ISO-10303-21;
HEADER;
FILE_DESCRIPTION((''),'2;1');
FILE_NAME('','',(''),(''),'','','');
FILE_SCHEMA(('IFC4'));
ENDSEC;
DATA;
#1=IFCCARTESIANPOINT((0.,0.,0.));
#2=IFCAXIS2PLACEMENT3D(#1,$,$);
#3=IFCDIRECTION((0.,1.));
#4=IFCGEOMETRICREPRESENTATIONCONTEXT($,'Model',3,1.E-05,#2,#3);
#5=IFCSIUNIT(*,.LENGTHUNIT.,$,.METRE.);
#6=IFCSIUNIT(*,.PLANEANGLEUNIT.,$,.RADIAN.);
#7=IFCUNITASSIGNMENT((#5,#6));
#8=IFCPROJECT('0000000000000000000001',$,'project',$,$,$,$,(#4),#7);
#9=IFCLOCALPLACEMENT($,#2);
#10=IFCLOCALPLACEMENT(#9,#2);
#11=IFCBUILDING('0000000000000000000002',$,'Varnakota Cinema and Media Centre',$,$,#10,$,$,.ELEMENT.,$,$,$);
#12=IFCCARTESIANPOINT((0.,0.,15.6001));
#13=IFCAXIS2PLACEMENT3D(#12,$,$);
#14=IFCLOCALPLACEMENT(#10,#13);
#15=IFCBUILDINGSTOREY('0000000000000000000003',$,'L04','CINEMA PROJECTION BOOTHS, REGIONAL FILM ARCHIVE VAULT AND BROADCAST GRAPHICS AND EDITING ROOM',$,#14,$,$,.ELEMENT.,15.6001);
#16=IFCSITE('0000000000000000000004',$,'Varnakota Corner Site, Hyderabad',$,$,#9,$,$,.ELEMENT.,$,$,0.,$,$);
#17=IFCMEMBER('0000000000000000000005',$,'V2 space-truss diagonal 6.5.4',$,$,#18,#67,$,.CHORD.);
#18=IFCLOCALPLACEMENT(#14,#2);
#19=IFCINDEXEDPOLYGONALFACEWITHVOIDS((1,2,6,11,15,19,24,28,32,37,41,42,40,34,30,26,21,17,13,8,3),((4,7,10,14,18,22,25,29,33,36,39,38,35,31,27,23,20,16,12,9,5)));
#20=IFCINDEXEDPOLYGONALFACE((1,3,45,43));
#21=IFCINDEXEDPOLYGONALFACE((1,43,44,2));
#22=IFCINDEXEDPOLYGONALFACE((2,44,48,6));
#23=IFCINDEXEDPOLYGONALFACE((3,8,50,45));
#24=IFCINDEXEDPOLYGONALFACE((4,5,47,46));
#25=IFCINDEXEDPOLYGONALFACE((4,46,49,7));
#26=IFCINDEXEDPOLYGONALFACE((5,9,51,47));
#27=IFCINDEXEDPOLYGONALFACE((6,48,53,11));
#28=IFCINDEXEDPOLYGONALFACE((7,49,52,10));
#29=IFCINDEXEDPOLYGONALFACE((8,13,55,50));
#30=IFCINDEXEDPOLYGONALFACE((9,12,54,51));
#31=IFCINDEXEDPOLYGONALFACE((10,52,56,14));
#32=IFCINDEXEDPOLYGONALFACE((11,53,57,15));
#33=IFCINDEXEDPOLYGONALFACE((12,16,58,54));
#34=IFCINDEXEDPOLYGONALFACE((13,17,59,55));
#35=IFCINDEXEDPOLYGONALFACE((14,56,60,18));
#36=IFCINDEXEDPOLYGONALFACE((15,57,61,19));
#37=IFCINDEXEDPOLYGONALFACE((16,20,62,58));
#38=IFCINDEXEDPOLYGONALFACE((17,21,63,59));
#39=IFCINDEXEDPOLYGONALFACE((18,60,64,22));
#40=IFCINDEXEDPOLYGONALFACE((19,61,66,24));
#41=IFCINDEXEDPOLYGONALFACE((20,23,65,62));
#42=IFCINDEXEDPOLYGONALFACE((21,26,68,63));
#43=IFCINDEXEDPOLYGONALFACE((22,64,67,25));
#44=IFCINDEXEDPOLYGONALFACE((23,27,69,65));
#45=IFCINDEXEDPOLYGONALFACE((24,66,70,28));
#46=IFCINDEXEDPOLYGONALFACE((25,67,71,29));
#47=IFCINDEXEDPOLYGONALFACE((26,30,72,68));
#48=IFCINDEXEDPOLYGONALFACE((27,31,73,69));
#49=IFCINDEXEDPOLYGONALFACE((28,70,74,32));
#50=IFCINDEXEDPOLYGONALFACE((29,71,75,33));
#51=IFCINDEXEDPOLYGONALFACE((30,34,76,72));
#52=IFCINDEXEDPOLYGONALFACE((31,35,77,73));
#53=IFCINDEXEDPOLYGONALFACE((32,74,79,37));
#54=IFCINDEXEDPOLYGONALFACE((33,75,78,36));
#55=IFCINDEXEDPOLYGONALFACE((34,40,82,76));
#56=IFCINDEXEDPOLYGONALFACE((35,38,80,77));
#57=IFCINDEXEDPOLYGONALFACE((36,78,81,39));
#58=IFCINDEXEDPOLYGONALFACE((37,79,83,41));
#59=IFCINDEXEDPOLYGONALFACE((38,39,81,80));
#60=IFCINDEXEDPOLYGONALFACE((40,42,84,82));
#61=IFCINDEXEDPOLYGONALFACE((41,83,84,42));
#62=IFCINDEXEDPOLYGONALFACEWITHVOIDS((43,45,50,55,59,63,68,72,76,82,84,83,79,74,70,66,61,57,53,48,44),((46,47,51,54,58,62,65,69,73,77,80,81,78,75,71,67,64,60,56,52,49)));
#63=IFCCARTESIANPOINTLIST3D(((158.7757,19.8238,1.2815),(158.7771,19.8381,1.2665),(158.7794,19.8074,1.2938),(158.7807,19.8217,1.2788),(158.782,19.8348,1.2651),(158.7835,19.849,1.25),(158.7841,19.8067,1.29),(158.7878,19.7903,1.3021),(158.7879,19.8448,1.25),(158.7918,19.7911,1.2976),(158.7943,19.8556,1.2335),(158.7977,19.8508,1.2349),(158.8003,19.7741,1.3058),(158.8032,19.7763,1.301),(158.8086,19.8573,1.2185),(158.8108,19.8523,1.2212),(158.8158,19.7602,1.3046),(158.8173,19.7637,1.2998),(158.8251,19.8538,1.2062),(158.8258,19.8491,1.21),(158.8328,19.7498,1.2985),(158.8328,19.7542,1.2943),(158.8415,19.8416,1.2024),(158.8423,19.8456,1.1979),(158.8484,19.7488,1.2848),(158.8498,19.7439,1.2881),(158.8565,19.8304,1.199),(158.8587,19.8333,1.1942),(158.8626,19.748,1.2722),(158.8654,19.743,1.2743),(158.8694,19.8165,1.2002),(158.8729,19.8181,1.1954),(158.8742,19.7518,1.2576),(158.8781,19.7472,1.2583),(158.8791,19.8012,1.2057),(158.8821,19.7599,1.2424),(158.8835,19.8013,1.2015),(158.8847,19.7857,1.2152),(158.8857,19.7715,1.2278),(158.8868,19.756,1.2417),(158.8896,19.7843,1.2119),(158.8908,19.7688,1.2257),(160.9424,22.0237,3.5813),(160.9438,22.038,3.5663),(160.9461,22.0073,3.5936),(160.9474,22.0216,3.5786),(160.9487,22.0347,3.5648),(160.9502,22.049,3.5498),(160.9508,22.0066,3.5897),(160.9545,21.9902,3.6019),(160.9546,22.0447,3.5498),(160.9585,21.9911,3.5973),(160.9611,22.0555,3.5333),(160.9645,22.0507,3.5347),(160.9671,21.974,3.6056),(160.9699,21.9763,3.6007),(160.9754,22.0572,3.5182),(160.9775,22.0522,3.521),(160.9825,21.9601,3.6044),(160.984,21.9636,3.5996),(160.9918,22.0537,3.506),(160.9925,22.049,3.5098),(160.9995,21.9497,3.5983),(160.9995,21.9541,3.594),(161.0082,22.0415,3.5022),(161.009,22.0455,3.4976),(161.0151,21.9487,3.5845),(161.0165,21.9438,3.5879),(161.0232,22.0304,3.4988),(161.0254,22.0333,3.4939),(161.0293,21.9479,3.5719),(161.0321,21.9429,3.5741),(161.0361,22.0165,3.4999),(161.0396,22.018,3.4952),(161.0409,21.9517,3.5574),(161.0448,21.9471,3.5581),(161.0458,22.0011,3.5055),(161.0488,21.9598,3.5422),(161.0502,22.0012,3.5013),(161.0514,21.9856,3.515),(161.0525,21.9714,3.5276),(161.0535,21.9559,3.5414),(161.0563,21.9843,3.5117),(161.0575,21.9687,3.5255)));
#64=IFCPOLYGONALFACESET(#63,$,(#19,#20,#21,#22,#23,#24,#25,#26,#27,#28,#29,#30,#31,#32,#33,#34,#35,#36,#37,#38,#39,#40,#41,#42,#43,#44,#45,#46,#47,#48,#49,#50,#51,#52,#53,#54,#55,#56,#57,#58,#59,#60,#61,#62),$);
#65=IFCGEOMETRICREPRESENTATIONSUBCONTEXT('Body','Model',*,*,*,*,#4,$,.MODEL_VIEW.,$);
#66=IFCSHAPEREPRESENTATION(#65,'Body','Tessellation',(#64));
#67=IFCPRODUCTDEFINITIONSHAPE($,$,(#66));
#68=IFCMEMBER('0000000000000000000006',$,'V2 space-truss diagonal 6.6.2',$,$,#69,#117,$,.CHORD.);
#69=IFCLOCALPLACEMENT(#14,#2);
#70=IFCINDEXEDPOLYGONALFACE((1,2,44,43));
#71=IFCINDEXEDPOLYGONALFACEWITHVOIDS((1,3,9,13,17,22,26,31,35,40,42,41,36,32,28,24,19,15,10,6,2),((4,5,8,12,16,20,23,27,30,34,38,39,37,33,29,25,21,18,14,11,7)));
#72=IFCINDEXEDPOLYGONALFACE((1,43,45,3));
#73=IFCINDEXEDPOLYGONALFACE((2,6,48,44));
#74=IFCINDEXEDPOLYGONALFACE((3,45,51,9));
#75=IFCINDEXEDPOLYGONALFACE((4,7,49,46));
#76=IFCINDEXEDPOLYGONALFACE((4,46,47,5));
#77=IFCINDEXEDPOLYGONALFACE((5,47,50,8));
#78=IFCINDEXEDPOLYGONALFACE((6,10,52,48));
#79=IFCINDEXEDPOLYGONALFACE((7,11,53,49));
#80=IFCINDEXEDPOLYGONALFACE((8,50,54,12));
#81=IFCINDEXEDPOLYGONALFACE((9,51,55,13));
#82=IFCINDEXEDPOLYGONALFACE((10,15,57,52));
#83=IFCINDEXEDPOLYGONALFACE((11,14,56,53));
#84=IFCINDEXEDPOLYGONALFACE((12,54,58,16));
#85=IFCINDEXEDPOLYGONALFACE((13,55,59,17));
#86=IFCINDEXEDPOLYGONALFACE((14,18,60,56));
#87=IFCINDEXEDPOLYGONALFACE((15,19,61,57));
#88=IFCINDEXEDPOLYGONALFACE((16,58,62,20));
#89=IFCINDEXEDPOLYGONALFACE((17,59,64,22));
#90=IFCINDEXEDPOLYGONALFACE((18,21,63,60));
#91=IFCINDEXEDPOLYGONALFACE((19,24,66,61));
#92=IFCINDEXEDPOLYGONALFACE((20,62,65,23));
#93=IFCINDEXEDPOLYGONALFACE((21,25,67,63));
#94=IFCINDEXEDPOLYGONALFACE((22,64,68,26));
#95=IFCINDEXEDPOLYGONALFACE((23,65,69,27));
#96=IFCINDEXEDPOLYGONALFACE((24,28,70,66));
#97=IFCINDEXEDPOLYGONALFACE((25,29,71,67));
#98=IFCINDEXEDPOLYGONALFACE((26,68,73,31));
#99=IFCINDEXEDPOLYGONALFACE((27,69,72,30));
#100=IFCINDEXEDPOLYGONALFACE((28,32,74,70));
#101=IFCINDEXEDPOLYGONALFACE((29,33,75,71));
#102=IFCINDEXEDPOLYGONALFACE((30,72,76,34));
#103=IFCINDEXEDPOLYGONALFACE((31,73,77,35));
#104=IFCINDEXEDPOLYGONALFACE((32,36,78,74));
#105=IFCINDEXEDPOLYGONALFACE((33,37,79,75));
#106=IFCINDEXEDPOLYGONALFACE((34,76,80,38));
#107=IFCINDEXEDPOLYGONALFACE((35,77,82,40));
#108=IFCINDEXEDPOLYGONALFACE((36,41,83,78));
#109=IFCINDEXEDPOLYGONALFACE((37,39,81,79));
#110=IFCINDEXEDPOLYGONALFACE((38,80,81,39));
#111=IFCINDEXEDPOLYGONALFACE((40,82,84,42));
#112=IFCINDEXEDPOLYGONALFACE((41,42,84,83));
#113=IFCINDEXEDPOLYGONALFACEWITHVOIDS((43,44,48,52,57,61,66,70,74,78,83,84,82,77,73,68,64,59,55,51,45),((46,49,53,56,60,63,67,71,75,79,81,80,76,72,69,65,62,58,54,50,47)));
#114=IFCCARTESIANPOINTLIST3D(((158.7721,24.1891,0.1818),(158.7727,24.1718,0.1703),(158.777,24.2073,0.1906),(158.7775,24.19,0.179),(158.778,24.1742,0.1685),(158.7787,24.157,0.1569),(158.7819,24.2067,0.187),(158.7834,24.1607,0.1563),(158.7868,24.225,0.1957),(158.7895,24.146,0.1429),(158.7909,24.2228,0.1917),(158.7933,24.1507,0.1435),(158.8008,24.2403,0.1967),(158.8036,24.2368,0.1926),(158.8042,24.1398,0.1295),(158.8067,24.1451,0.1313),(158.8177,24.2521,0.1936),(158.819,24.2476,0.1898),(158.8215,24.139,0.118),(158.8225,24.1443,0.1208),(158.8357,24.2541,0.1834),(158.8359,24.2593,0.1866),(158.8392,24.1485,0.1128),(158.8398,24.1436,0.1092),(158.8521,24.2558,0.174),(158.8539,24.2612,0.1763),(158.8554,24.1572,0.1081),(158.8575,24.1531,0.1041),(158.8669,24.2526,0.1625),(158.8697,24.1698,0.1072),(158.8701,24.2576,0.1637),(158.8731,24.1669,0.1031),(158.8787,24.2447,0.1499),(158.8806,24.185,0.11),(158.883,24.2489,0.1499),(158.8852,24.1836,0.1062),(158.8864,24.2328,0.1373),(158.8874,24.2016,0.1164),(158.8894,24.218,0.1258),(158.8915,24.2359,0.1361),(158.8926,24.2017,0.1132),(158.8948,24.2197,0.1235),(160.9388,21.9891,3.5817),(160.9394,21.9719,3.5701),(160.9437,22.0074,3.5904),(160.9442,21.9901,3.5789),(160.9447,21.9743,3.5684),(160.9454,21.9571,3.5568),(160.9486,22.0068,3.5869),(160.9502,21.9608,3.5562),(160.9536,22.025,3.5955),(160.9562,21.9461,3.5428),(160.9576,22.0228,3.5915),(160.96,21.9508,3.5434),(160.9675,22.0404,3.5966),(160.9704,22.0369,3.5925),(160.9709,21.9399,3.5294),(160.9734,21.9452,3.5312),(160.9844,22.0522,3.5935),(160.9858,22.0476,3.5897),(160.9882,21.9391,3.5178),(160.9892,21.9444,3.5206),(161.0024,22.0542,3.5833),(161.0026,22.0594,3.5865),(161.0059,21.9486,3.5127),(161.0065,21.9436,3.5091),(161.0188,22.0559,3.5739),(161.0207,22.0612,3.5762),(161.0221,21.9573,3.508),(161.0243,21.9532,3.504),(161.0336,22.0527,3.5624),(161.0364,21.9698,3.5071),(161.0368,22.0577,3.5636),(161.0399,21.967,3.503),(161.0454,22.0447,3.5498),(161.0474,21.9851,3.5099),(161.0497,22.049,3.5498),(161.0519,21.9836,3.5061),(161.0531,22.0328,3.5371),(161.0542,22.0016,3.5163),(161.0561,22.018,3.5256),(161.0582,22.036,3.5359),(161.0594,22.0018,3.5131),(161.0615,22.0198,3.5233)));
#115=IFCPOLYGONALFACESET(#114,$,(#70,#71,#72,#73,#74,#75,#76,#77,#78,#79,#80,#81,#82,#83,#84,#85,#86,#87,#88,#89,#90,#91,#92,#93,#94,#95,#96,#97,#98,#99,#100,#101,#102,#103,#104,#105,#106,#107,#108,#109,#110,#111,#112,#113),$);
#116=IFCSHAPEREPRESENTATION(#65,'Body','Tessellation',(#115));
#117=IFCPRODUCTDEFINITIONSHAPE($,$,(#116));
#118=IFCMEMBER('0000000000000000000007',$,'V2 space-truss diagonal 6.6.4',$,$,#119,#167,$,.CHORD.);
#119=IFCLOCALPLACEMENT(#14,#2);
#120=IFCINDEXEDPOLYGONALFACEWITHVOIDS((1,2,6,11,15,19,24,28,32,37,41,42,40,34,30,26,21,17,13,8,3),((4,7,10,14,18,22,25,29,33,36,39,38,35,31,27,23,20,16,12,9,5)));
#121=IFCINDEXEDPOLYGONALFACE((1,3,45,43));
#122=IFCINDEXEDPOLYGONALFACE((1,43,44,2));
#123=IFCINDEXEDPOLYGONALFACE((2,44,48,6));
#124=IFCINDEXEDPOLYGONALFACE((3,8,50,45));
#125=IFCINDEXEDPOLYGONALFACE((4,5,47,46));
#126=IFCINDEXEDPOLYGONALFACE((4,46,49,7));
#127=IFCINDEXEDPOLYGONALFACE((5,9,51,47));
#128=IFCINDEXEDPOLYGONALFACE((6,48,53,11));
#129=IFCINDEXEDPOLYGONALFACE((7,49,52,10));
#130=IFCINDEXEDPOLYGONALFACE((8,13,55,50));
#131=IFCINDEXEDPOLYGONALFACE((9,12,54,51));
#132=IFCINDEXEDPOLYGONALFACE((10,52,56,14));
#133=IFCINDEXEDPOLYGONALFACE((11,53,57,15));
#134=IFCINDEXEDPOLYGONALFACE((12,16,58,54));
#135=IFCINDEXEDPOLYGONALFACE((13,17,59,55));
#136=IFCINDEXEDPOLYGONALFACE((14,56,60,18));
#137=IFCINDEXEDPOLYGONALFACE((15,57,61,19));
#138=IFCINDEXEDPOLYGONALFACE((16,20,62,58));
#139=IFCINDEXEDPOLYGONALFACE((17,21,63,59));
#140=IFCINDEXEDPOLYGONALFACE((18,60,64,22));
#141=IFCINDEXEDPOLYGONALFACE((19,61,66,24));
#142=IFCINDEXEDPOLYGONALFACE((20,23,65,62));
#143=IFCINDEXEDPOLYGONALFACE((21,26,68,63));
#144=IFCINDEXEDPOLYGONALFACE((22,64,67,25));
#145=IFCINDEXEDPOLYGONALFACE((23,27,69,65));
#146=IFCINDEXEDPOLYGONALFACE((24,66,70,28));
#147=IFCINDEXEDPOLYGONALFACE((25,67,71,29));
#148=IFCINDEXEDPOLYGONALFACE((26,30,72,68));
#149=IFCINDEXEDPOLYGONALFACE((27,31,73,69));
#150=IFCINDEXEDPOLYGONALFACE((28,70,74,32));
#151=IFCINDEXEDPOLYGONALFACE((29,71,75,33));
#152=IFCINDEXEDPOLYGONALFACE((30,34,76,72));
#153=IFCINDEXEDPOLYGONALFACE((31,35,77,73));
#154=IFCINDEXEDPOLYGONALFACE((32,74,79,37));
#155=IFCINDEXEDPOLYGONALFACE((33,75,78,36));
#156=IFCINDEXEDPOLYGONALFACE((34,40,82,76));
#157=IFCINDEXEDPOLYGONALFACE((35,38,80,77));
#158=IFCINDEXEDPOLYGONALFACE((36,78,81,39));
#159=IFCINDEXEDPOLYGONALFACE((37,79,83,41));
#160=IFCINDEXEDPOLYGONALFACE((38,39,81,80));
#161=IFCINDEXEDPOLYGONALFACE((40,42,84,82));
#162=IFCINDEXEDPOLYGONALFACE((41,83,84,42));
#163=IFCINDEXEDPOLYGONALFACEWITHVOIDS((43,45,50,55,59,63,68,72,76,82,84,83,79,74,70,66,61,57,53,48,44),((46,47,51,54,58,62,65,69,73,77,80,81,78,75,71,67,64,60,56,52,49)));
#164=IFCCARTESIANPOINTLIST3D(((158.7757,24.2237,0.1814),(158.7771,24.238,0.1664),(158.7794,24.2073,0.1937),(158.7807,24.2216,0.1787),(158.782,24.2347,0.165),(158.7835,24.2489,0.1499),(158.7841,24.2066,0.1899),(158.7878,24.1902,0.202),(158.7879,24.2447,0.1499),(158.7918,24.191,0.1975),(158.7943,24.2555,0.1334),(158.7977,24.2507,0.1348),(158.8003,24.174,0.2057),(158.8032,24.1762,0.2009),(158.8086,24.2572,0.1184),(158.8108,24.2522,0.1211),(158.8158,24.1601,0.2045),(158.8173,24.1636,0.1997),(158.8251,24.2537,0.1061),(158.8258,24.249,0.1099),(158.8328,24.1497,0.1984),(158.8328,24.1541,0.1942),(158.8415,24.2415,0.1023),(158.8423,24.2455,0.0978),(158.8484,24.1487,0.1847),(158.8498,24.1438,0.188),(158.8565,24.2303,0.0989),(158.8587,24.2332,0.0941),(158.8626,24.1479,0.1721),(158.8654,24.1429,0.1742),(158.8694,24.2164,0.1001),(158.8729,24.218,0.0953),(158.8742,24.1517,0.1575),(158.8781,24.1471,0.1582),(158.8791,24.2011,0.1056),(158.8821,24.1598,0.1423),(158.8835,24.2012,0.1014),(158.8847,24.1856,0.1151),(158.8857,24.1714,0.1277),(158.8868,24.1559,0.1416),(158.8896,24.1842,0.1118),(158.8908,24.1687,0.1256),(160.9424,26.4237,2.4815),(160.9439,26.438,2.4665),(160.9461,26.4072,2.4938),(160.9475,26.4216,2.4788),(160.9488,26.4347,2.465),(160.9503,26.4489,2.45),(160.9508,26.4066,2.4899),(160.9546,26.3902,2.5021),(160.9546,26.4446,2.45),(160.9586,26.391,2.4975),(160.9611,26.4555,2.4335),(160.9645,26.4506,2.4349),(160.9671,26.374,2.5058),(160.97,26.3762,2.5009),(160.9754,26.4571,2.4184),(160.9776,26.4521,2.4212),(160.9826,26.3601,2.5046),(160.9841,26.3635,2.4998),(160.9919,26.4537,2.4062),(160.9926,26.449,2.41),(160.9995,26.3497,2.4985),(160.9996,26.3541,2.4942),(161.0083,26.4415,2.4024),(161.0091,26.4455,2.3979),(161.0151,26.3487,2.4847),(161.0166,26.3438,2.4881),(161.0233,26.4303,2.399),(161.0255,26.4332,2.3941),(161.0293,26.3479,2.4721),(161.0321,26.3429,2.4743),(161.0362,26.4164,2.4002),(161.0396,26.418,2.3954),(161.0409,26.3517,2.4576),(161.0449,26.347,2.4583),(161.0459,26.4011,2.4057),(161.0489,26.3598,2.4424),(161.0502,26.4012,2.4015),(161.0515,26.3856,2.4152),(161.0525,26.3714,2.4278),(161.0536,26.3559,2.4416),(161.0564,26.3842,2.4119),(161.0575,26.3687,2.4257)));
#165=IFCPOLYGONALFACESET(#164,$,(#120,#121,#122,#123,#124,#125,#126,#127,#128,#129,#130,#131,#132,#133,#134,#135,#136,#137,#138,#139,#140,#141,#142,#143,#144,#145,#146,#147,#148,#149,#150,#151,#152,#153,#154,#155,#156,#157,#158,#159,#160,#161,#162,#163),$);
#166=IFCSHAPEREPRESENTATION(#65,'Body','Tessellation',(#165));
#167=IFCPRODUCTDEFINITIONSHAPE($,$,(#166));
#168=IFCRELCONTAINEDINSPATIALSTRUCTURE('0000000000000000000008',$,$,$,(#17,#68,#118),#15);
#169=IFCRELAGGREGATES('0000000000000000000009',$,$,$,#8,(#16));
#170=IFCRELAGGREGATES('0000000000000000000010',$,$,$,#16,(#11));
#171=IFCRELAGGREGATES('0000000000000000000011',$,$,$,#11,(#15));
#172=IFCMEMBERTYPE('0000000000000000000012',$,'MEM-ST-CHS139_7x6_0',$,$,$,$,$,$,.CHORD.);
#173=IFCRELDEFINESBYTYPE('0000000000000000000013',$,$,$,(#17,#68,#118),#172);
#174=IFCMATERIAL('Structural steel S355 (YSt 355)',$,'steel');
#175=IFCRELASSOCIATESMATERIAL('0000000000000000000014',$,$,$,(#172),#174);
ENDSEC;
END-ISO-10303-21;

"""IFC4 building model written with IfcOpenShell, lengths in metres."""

from ifc_helpers import new_model, si_unit, direction, frame, origin, origin_2d, place, context, subcontext, project, spatial, hollow_circle, extrude, material, material_profile, profile_set, type_object, element, save


model = new_model("IFC4")

# Units and contexts
model_context = context("Model", 3, precision=1e-05, world=origin(), true_north=direction((0.0, 1.0)))
body_context = subcontext(model_context, "Body", "Model", "MODEL_VIEW")
ifc_project = project(units=[si_unit("LENGTHUNIT", "METRE"), si_unit("PLANEANGLEUNIT", "RADIAN")], contexts=[model_context])

# Site, building, storey
site_placement = place(None, origin())
site = spatial("IfcSite", under=ifc_project, at=site_placement, Name="Varnakota Corner Site, Hyderabad", CompositionType="ELEMENT", RefElevation=0.0)
building_placement = place(site_placement, origin())
building = spatial("IfcBuilding", under=site, at=building_placement, Name="Varnakota Cinema and Media Centre", CompositionType="ELEMENT")
storey_placement = place(building_placement, frame((0.0, 0.0, 15.6001)))
storey = spatial("IfcBuildingStorey", under=building, at=storey_placement, Name="L04", Description="CINEMA PROJECTION BOOTHS, REGIONAL FILM ARCHIVE VAULT AND BROADCAST GRAPHICS AND EDITING ROOM", CompositionType="ELEMENT", Elevation=15.6001)

# Members
ifc_material_1 = material(Name="Structural steel S355 (YSt 355)", Category="steel")
ifc_material_profile_1 = material_profile(ifc_material_1, hollow_circle(Radius=0.0698, WallThickness=0.0061, at=origin_2d()), Name="CHS 139.7x6.0")
ifc_profile_set_1 = profile_set([ifc_material_profile_1], Name="Structural steel S355 (YSt 355)")
member_type_1 = type_object("IfcMemberType", Name="MEM-ST-CHS139_7x6_0", PredefinedType="CHORD", material=ifc_profile_set_1)
member_1_placement = place(storey_placement, frame((158.8333, 19.8, 1.25), z_axis=(0.562769, 0.571393, 0.597328), x_axis=(-0.712463, 0.70171, 0.0)))
element("IfcMember", 1, at=member_1_placement, inside=storey, type_object=member_type_1, Name="V2 space-truss diagonal 6.5.4", PredefinedType="CHORD", context=body_context, shape_type="SweptSolid", body=[
    extrude(hollow_circle(Radius=0.0698, WallThickness=0.0061, at=origin_2d()), origin(), (0.0, 0.0, 1.0), 3.8501),
])
member_2_placement = place(storey_placement, frame((158.8333, 24.2, 0.1499), z_axis=(0.471769, -0.478999, 0.740266), x_axis=(0.712463, 0.70171, 0.0)))
element("IfcMember", 2, at=member_2_placement, inside=storey, type_object=member_type_1, Name="V2 space-truss diagonal 6.6.2", PredefinedType="CHORD", context=body_context, shape_type="SweptSolid", body=[
    extrude(hollow_circle(Radius=0.0698, WallThickness=0.0061, at=origin_2d()), origin(), (0.0, 0.0, 1.0), 4.5928),
])
member_3_placement = place(storey_placement, frame((158.8333, 24.2, 0.1499), z_axis=(0.562748, 0.571371, 0.597369), x_axis=(-0.712463, 0.70171, 0.0)))
element("IfcMember", 3, at=member_3_placement, inside=storey, type_object=member_type_1, Name="V2 space-truss diagonal 6.6.4", PredefinedType="CHORD", context=body_context, shape_type="SweptSolid", body=[
    extrude(hollow_circle(Radius=0.0698, WallThickness=0.0061, at=origin_2d()), origin(), (0.0, 0.0, 1.0), 3.8503),
])

save(model, "model.ifc")
